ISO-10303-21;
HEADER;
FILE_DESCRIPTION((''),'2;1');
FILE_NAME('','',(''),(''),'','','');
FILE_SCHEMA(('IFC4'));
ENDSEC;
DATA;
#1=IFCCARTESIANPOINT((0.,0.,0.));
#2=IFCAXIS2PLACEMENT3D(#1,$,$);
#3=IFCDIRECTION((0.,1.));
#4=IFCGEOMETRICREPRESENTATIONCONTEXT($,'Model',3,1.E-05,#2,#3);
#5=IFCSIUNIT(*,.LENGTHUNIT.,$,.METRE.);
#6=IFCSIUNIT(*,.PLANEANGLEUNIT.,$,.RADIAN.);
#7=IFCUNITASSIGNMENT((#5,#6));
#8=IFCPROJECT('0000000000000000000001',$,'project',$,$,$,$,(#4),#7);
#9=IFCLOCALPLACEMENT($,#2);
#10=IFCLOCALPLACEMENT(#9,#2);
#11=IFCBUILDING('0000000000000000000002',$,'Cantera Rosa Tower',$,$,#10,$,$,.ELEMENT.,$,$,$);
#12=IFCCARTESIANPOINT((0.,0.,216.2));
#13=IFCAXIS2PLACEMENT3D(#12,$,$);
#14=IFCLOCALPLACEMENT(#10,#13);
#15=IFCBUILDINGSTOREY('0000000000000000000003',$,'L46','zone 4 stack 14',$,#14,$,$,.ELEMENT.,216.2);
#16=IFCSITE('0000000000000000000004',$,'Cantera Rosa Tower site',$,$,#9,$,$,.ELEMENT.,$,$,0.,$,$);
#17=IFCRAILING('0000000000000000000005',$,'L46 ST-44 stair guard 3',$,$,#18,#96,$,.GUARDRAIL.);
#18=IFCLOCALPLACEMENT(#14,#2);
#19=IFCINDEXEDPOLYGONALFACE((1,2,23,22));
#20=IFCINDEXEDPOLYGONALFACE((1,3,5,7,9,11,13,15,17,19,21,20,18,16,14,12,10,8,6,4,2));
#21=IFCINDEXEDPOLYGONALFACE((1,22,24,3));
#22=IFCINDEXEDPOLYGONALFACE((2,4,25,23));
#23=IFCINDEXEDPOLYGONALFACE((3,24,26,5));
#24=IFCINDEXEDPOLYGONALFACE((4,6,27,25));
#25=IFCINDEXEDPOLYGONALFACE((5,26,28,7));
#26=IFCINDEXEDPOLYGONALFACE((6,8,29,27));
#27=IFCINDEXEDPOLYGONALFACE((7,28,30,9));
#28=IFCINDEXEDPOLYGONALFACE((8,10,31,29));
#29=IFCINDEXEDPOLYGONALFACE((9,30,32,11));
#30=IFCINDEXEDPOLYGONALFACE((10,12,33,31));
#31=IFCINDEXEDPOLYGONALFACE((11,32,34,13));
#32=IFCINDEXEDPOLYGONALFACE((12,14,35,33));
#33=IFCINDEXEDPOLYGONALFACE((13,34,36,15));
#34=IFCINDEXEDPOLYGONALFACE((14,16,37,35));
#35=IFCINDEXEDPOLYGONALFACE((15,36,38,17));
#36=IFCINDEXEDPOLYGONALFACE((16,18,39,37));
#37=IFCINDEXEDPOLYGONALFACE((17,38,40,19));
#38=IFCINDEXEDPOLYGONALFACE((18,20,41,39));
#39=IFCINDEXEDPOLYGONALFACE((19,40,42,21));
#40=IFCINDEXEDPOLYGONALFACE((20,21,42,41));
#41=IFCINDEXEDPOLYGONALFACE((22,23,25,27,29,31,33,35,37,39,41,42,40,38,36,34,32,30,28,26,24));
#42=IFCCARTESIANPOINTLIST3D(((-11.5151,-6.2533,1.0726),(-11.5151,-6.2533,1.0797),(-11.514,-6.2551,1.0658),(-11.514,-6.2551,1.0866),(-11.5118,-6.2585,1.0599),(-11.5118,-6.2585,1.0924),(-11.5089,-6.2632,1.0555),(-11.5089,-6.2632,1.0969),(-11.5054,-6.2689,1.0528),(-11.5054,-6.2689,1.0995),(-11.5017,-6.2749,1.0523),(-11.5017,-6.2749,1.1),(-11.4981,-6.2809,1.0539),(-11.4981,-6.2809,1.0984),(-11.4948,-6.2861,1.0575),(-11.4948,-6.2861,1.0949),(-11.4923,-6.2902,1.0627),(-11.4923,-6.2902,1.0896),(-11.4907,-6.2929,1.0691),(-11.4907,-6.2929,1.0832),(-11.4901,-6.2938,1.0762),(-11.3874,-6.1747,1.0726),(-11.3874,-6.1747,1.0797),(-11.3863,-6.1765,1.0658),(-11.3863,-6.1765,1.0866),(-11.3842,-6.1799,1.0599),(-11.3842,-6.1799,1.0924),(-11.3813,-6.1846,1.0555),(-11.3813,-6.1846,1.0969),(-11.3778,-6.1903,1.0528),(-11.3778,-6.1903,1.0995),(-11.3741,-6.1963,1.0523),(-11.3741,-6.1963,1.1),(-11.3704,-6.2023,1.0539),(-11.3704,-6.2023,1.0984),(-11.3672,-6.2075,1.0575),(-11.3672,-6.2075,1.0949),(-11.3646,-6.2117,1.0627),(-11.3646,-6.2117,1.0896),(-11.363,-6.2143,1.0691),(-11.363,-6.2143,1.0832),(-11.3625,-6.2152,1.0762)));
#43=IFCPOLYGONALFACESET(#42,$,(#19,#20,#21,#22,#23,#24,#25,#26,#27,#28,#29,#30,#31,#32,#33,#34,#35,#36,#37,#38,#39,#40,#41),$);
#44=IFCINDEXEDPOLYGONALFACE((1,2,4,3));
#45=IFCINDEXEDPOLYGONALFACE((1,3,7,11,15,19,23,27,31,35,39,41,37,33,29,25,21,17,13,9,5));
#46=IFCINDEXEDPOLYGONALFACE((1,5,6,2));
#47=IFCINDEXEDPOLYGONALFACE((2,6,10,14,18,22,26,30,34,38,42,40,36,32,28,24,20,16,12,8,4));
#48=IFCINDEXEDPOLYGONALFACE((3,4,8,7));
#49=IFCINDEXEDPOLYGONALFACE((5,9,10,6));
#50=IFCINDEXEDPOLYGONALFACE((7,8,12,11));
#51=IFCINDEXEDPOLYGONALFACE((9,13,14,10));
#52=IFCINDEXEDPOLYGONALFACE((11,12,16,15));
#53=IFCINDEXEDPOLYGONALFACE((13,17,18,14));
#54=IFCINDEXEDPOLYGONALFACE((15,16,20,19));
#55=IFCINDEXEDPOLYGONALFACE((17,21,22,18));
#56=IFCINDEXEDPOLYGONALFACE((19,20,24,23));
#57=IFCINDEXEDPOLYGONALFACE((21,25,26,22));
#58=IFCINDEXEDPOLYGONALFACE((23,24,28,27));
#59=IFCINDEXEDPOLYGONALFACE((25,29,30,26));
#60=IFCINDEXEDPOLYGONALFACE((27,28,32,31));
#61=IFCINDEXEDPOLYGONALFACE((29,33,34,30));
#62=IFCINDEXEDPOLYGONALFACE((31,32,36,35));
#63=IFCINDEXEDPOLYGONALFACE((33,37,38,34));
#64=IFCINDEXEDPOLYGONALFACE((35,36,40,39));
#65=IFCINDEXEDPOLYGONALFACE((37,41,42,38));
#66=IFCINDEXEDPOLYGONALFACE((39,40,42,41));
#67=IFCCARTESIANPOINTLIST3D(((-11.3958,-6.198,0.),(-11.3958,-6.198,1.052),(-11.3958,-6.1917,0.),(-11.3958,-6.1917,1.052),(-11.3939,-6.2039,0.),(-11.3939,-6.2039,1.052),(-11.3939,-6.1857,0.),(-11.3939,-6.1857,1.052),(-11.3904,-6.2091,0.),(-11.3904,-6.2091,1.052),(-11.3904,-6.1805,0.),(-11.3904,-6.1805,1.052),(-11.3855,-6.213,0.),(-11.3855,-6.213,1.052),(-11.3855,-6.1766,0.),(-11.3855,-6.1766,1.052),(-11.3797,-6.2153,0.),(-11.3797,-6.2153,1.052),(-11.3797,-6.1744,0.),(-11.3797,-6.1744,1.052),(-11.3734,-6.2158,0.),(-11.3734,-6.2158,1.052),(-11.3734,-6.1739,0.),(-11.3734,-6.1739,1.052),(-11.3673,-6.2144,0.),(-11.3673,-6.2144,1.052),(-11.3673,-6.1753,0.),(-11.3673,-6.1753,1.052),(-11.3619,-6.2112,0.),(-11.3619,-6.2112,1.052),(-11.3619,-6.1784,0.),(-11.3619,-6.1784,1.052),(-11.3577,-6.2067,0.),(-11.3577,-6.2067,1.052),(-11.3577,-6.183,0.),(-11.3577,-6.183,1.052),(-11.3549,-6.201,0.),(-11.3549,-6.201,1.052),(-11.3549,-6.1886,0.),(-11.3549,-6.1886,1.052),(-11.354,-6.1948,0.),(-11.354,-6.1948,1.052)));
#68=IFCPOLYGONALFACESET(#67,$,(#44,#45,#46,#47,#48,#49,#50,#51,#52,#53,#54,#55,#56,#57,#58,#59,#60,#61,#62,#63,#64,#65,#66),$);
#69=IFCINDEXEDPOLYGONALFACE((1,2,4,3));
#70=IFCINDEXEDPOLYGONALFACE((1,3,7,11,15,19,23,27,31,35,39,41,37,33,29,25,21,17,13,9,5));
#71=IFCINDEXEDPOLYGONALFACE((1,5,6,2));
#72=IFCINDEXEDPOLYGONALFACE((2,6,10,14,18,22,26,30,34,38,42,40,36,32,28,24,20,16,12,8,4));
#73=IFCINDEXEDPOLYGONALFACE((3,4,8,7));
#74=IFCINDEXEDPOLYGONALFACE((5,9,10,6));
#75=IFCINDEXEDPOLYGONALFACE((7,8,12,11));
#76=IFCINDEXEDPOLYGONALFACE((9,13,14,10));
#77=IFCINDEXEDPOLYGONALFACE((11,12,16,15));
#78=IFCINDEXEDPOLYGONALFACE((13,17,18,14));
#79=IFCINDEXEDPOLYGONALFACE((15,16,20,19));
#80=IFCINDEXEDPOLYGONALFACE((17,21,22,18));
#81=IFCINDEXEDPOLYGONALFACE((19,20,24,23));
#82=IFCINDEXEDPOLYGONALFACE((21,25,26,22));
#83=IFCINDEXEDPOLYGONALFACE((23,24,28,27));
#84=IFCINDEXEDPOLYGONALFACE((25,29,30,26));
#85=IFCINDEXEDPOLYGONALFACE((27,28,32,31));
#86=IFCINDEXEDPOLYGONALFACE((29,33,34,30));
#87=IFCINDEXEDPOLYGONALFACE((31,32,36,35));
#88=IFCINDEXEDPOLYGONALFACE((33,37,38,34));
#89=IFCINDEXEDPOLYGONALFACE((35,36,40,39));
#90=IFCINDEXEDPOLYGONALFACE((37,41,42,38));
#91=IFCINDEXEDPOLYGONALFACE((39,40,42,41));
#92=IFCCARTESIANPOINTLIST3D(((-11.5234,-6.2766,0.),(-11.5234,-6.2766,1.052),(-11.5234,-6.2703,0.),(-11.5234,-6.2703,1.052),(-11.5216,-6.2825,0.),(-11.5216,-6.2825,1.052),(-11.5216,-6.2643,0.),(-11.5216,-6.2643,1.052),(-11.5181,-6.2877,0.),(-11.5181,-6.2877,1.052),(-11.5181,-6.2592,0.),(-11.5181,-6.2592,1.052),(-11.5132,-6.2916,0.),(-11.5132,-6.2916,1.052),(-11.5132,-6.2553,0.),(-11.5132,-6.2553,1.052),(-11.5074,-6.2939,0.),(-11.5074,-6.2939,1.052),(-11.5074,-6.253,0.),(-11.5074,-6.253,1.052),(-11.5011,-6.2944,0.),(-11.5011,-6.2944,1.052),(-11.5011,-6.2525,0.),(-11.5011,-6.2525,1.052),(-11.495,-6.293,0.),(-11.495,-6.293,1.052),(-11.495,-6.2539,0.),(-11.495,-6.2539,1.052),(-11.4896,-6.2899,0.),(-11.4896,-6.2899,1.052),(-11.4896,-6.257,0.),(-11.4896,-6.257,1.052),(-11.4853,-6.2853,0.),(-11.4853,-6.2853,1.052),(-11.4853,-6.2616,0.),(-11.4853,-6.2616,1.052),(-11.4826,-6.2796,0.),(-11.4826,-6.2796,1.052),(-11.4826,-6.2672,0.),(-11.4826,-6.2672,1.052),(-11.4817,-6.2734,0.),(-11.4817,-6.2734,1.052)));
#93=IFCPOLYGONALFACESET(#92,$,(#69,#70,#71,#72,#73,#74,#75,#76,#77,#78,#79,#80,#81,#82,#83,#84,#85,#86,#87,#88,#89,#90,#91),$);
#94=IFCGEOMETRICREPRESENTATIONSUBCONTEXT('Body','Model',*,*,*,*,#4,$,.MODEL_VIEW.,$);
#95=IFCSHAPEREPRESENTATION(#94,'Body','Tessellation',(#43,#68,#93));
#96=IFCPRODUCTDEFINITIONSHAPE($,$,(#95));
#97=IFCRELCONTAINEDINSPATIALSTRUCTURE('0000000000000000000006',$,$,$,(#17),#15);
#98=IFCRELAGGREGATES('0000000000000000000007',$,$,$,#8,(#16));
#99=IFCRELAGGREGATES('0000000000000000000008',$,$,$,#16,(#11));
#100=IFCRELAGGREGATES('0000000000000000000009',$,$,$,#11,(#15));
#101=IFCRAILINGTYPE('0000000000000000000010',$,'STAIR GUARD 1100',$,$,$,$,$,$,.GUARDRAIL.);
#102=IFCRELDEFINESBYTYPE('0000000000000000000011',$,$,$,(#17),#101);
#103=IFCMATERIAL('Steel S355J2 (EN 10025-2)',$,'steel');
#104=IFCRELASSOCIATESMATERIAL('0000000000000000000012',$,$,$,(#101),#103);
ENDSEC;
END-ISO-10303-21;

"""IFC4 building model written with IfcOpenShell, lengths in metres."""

from ifc_helpers import new_model, si_unit, direction, frame, origin, origin_2d, place, context, subcontext, project, spatial, circle, extrude, material, type_object, element, save


model = new_model("IFC4")

# Units and contexts
model_context = context("Model", 3, precision=1e-05, world=origin(), true_north=direction((0.0, 1.0)))
body_context = subcontext(model_context, "Body", "Model", "MODEL_VIEW")
ifc_project = project(units=[si_unit("LENGTHUNIT", "METRE"), si_unit("PLANEANGLEUNIT", "RADIAN")], contexts=[model_context])

# Site, building, storey
site_placement = place(None, origin())
site = spatial("IfcSite", under=ifc_project, at=site_placement, Name="Cantera Rosa Tower site", CompositionType="ELEMENT", RefElevation=0.0)
building_placement = place(site_placement, origin())
building = spatial("IfcBuilding", under=site, at=building_placement, Name="Cantera Rosa Tower", CompositionType="ELEMENT")
storey_placement = place(building_placement, frame((0.0, 0.0, 216.2)))
storey = spatial("IfcBuildingStorey", under=building, at=storey_placement, Name="L46", Description="zone 4 stack 14", CompositionType="ELEMENT", Elevation=216.2)

# Railing
ifc_material_1 = material(Name="Steel S355J2 (EN 10025-2)", Category="steel")
railing_type_1 = type_object("IfcRailingType", Name="STAIR GUARD 1100", PredefinedType="GUARDRAIL", material=ifc_material_1)
railing_1_placement = place(storey_placement, frame((-11.375, -6.1948, 0.0)))
element("IfcRailing", 1, at=railing_1_placement, inside=storey, type_object=railing_type_1, Name="L46 ST-44 stair guard 3", PredefinedType="GUARDRAIL", context=body_context, shape_type="SweptSolid", body=[
    extrude(circle(Radius=0.0239, at=origin_2d()), frame((0.0, 0.0, 1.0762), z_axis=(-0.851546, -0.524279, 0.0), x_axis=(0.524279, -0.851546, 0.0)), (0.0, 0.0, 1.0), 0.1499),
    extrude(circle(Radius=0.021, at=origin_2d()), origin(), (0.0, 0.0, 1.0), 1.052),
    extrude(circle(Radius=0.021, at=origin_2d()), frame((-0.1277, -0.0786, 0.0)), (0.0, 0.0, 1.0), 1.052),
])

save(model, "model.ifc")
